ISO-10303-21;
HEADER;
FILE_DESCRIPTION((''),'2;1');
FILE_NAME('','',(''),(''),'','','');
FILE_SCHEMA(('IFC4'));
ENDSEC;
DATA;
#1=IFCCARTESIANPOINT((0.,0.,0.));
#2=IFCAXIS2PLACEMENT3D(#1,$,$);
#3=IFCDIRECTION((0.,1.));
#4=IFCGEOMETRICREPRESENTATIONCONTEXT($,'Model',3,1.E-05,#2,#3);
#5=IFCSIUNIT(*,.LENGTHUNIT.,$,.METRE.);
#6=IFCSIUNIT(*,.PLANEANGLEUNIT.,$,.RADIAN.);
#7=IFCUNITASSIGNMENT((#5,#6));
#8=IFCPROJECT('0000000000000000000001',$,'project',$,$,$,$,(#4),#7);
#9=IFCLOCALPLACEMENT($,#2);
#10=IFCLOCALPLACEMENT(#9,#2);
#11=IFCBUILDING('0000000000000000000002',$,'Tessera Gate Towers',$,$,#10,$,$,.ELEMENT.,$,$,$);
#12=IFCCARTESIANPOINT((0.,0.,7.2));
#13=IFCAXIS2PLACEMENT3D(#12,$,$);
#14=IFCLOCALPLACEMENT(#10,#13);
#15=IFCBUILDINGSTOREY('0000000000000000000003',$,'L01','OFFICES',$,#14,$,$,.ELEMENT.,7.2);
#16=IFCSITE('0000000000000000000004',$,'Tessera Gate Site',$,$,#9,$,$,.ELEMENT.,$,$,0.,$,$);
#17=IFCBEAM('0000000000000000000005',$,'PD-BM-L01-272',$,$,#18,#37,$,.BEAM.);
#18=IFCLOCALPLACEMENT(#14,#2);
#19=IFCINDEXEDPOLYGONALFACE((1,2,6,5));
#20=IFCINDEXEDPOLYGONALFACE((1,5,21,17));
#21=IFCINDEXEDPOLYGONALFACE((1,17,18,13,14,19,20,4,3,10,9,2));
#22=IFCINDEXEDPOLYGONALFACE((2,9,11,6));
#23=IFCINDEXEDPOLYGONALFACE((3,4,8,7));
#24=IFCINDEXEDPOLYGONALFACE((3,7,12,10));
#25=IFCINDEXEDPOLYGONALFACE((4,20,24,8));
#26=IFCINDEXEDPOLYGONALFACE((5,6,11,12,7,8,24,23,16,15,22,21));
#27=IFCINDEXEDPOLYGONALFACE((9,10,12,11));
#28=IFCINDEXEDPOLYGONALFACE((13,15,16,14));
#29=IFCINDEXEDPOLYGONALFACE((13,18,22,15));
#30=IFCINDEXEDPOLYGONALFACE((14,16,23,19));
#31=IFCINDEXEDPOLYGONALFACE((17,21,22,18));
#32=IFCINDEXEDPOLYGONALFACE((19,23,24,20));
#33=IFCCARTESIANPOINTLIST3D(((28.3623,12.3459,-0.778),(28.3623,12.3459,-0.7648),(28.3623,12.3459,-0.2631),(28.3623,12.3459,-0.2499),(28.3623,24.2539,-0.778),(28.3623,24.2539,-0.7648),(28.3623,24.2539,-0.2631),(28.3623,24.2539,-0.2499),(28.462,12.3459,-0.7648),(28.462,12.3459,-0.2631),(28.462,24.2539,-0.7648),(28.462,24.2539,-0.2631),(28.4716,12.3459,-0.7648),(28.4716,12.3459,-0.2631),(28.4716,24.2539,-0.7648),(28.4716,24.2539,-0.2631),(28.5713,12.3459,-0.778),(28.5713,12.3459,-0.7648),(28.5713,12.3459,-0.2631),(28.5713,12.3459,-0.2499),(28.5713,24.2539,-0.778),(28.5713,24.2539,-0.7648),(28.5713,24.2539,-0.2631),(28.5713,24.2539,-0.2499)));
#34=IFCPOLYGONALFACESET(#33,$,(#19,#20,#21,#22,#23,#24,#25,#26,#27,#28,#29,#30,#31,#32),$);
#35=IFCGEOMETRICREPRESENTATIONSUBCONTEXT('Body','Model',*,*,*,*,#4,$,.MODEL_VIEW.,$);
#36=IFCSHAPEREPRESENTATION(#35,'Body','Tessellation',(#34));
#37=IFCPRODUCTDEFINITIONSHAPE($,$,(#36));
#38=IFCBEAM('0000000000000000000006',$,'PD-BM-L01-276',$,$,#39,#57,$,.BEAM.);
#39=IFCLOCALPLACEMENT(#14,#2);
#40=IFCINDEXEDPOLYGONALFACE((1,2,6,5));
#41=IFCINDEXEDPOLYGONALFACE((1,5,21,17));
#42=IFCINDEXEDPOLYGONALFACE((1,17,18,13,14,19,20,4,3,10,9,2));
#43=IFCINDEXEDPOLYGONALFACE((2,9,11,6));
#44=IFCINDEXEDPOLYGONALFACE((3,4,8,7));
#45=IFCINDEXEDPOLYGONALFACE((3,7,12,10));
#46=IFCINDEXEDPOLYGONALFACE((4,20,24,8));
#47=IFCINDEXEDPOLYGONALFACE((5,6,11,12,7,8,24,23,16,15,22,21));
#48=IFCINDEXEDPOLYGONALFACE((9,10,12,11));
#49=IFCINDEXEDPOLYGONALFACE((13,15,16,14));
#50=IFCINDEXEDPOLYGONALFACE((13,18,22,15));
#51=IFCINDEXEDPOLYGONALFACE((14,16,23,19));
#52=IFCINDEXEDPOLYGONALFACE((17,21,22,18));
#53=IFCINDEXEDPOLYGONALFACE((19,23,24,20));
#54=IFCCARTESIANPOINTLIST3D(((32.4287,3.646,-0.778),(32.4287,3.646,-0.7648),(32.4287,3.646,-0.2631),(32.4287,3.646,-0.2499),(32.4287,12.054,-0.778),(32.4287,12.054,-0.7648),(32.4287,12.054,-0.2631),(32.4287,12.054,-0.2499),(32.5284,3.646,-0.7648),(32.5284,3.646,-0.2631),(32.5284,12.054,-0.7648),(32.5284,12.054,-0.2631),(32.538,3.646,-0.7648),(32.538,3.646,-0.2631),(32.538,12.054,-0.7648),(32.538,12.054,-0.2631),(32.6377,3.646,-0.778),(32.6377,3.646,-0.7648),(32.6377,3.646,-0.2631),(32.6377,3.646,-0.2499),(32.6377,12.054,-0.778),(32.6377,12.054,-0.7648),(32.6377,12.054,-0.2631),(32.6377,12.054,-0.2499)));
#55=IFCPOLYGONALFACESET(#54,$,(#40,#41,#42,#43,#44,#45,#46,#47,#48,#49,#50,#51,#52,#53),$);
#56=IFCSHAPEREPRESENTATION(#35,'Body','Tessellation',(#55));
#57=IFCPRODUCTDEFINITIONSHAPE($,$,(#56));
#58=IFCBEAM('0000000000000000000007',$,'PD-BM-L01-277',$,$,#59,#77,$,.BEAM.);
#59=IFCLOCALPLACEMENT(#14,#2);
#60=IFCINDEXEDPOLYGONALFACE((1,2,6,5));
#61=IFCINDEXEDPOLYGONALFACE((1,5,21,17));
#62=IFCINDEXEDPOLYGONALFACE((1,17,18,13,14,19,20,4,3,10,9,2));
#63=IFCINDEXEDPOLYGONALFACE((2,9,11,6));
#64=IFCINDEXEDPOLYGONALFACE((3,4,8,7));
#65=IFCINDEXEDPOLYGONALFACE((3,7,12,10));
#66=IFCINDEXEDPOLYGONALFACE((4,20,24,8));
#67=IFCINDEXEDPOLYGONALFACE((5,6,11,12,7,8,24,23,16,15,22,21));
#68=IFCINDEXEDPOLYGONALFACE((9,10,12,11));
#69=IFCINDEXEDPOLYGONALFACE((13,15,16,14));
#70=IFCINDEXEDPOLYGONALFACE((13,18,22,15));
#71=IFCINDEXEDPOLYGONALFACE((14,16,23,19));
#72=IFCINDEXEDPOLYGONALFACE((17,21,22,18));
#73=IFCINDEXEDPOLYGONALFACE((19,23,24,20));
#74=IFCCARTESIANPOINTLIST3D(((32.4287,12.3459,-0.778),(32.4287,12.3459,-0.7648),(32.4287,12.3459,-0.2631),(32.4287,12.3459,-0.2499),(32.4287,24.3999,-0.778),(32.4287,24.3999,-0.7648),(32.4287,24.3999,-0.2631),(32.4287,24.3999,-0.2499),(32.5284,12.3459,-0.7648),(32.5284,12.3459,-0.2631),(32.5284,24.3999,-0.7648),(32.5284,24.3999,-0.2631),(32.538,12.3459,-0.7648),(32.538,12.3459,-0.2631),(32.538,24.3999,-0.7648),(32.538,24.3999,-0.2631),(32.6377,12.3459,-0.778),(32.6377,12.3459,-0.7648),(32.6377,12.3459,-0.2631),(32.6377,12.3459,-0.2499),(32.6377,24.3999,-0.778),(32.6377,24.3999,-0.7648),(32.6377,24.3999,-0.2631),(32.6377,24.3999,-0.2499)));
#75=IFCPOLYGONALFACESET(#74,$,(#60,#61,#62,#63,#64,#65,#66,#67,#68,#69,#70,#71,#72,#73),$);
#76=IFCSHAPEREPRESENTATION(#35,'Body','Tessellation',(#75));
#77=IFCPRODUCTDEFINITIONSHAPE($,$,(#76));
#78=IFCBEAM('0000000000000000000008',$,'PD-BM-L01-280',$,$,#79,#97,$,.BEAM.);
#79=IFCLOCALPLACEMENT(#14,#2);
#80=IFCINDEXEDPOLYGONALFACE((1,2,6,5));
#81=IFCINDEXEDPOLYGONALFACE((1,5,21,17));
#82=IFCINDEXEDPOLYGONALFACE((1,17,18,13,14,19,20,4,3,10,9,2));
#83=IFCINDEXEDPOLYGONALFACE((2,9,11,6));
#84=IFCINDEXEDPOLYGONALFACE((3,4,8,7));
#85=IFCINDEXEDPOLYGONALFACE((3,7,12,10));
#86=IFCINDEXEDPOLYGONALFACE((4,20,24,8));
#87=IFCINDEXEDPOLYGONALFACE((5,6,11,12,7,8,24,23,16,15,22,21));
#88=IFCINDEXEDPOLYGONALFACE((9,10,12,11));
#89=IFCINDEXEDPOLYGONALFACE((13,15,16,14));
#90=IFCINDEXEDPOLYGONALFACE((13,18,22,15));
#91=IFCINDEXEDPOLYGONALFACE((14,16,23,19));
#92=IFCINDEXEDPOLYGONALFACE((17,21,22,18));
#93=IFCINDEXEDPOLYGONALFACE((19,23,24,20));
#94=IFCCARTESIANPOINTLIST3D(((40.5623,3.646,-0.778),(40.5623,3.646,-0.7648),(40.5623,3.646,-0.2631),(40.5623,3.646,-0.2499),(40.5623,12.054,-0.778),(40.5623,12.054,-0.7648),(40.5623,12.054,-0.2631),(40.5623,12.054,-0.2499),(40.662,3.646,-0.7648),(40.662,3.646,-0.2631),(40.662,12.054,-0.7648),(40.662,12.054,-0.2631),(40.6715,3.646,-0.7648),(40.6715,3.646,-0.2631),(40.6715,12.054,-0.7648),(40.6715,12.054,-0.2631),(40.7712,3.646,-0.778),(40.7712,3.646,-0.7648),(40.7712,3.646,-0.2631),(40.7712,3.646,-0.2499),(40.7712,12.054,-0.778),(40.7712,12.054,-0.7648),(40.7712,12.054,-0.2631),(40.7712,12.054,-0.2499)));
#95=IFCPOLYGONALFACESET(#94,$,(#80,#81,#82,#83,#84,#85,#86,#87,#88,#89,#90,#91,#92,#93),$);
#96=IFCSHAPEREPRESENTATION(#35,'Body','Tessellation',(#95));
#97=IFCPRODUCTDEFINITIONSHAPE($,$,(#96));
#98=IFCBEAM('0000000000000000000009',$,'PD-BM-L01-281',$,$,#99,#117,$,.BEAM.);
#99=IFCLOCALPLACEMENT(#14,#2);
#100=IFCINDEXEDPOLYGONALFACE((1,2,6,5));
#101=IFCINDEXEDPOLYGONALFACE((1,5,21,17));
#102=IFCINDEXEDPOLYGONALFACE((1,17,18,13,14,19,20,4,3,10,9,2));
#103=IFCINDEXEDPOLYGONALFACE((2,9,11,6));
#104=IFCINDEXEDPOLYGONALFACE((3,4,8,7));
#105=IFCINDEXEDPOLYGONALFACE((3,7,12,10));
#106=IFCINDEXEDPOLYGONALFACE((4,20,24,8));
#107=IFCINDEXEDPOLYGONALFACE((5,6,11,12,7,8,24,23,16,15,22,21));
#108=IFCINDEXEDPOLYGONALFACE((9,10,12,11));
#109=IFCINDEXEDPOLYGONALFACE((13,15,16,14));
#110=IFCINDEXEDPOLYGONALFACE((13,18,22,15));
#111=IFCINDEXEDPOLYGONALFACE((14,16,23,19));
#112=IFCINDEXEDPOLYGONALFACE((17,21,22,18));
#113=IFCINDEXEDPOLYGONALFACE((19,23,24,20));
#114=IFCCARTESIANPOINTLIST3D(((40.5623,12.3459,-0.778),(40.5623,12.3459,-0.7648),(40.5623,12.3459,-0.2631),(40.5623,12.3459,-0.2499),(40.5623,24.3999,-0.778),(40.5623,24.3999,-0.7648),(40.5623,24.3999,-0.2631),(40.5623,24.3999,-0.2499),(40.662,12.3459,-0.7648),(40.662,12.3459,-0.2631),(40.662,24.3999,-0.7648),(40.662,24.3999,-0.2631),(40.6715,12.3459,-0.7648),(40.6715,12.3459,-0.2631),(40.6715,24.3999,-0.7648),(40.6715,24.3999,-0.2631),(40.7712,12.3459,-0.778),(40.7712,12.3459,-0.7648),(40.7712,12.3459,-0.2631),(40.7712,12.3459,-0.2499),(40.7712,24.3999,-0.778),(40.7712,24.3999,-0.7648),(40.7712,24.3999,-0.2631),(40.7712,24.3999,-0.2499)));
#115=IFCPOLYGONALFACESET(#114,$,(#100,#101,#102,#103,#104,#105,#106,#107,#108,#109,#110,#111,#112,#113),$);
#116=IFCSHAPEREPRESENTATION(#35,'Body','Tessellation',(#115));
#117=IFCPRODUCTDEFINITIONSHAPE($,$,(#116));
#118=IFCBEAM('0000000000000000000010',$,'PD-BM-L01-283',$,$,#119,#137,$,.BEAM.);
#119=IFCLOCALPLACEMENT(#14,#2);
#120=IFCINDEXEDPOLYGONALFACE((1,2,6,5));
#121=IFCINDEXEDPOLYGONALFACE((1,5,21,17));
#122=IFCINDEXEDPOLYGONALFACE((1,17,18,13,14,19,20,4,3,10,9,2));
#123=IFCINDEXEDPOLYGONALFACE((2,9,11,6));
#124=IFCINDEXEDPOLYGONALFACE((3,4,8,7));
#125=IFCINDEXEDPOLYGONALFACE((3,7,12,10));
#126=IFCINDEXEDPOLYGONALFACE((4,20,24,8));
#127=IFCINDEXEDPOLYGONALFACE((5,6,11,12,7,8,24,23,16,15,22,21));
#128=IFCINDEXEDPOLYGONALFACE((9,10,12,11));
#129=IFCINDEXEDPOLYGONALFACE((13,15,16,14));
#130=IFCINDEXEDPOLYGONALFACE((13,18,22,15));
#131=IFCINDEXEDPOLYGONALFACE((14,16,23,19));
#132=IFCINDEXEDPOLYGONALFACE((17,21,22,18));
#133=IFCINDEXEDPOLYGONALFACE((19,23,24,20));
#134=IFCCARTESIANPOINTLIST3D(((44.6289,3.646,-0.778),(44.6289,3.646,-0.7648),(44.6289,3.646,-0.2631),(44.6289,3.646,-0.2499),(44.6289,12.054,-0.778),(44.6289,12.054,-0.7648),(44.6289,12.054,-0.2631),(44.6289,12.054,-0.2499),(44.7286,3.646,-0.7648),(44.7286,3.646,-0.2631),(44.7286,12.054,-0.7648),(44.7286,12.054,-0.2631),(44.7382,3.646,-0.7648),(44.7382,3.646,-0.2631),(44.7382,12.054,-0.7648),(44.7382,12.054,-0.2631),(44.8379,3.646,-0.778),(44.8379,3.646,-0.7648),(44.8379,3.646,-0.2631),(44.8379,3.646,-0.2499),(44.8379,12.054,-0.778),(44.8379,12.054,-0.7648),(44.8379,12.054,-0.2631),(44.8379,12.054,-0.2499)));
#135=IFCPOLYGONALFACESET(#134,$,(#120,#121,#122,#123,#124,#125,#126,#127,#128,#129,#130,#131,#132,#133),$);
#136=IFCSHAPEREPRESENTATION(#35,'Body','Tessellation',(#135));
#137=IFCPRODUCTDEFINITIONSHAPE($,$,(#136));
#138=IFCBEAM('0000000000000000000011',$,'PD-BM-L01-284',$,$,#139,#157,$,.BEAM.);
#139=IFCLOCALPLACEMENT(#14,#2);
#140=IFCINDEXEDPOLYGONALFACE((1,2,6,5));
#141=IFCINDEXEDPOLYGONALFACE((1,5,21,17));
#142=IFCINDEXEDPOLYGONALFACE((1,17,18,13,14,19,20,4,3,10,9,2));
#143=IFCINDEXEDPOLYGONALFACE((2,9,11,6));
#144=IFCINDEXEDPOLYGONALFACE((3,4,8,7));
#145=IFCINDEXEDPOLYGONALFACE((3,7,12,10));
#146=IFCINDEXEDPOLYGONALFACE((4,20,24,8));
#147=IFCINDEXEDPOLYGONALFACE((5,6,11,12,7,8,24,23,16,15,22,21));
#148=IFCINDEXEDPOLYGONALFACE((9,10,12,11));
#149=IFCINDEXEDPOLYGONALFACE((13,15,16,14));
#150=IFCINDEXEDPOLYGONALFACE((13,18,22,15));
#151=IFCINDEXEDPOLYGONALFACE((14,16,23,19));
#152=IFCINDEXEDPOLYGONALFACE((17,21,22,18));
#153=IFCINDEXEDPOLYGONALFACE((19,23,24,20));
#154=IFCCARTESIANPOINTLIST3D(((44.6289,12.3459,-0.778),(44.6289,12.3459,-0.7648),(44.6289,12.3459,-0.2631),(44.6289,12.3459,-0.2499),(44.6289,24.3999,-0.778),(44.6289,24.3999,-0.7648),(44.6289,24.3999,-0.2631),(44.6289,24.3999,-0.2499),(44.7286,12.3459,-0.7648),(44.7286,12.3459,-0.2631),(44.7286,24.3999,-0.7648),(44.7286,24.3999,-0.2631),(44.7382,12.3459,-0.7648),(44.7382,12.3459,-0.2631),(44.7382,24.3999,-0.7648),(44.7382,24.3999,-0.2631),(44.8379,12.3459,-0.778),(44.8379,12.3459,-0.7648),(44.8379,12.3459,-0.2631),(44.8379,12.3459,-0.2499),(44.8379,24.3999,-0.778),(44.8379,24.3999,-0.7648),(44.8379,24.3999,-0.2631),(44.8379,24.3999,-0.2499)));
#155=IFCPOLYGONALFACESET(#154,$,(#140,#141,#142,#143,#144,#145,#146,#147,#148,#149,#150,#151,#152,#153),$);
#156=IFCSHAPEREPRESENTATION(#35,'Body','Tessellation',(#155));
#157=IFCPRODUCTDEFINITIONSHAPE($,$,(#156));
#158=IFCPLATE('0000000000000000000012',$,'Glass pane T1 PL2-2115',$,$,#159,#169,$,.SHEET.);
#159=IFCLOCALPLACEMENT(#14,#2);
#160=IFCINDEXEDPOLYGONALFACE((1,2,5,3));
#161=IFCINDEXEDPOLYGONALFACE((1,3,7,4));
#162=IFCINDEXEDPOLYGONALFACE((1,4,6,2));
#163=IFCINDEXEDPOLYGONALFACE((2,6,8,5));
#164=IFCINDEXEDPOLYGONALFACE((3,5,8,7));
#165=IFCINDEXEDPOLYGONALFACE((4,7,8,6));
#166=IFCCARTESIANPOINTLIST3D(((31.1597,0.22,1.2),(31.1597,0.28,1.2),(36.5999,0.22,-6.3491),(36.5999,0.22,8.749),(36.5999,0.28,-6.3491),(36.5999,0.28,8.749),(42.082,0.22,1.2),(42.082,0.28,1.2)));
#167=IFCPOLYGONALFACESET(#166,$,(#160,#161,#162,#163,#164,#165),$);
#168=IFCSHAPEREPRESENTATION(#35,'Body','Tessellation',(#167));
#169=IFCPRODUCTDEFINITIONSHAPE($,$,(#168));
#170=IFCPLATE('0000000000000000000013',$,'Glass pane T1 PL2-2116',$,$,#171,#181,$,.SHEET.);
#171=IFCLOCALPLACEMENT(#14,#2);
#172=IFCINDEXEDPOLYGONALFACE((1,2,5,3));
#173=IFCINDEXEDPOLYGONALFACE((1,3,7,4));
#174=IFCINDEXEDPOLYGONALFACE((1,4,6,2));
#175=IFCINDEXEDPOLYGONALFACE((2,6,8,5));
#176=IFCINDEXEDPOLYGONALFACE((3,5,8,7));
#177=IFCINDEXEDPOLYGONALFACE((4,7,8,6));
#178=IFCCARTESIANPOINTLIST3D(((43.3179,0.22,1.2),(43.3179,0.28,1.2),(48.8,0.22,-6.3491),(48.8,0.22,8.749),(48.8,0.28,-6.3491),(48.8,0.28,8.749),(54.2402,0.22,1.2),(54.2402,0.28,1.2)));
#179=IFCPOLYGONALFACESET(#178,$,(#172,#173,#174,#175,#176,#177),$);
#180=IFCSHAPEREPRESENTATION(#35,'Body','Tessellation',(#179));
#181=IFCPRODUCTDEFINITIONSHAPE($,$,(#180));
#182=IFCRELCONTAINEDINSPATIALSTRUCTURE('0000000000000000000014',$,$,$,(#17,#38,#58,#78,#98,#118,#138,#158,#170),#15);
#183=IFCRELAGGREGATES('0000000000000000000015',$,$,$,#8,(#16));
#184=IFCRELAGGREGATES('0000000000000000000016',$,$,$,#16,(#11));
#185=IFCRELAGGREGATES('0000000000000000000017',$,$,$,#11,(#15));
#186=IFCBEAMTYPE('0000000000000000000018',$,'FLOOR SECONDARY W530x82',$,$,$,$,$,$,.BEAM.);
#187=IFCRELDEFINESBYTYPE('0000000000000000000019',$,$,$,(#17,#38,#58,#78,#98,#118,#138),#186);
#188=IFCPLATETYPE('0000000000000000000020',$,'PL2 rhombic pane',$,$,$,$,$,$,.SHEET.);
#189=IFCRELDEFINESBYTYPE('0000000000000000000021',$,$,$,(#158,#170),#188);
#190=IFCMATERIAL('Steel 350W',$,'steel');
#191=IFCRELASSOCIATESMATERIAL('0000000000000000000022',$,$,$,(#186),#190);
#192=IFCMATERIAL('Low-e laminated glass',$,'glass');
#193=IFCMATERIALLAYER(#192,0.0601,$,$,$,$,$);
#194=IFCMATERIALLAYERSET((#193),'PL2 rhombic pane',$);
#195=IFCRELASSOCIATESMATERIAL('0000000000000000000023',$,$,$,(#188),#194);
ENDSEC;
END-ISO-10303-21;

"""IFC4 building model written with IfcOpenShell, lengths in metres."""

from ifc_helpers import new_model, si_unit, direction, frame, origin, origin_2d, place, context, subcontext, project, spatial, polyline, i_section, outline, extrude, source, transform, mapped, material, layer, layer_set, material_profile, profile_set, type_object, element, save


model = new_model("IFC4")

# Units and contexts
model_context = context("Model", 3, precision=1e-05, world=origin(), true_north=direction((0.0, 1.0)))
body_context = subcontext(model_context, "Body", "Model", "MODEL_VIEW")
ifc_project = project(units=[si_unit("LENGTHUNIT", "METRE"), si_unit("PLANEANGLEUNIT", "RADIAN")], contexts=[model_context])

# Site, building, storey
site_placement = place(None, origin())
site = spatial("IfcSite", under=ifc_project, at=site_placement, Name="Tessera Gate Site", CompositionType="ELEMENT", RefElevation=0.0)
building_placement = place(site_placement, origin())
building = spatial("IfcBuilding", under=site, at=building_placement, Name="Tessera Gate Towers", CompositionType="ELEMENT")
storey_placement = place(building_placement, frame((0.0, 0.0, 7.2)))
storey = spatial("IfcBuildingStorey", under=building, at=storey_placement, Name="L01", Description="OFFICES", CompositionType="ELEMENT", Elevation=7.2)

# Beams
ifc_material_1 = material(Name="Steel 350W", Category="steel")
ifc_material_profile_1 = material_profile(ifc_material_1, i_section(OverallWidth=0.209, OverallDepth=0.5281, WebThickness=0.0095, FlangeThickness=0.0132, at=origin_2d()), Name="W530x82")
ifc_profile_set_1 = profile_set([ifc_material_profile_1], Name="Steel 350W")
beam_type_1 = type_object("IfcBeamType", Name="FLOOR SECONDARY W530x82", PredefinedType="BEAM", material=ifc_profile_set_1)
beam_1_placement = place(storey_placement, frame((28.4668, 12.3459, -0.5139), z_axis=(0.0, 1.0, 0.0), x_axis=(-1.0, 0.0, 0.0)))
element("IfcBeam", 1, at=beam_1_placement, inside=storey, type_object=beam_type_1, Name="PD-BM-L01-272", PredefinedType="BEAM", context=body_context, shape_type="SweptSolid", body=[
    extrude(i_section(OverallWidth=0.209, OverallDepth=0.5281, WebThickness=0.0095, FlangeThickness=0.0132, at=origin_2d()), origin(), (0.0, 0.0, 1.0), 11.908),
])
beam_2_placement = place(storey_placement, frame((32.5332, 3.646, -0.5139), z_axis=(0.0, 1.0, 0.0), x_axis=(-1.0, 0.0, 0.0)))
element("IfcBeam", 2, at=beam_2_placement, inside=storey, type_object=beam_type_1, Name="PD-BM-L01-276", PredefinedType="BEAM", context=body_context, shape_type="SweptSolid", body=[
    extrude(i_section(OverallWidth=0.209, OverallDepth=0.5281, WebThickness=0.0095, FlangeThickness=0.0132, at=origin_2d()), origin(), (0.0, 0.0, 1.0), 8.408),
])
beam_3_placement = place(storey_placement, frame((32.5332, 12.3459, -0.5139), z_axis=(0.0, 1.0, 0.0), x_axis=(-1.0, 0.0, 0.0)))
element("IfcBeam", 3, at=beam_3_placement, inside=storey, type_object=beam_type_1, Name="PD-BM-L01-277", PredefinedType="BEAM", context=body_context, shape_type="SweptSolid", body=[
    extrude(i_section(OverallWidth=0.209, OverallDepth=0.5281, WebThickness=0.0095, FlangeThickness=0.0132, at=origin_2d()), origin(), (0.0, 0.0, 1.0), 12.054),
])
beam_4_placement = place(storey_placement, frame((40.6667, 3.646, -0.5139), z_axis=(0.0, 1.0, 0.0), x_axis=(-1.0, 0.0, 0.0)))
element("IfcBeam", 4, at=beam_4_placement, inside=storey, type_object=beam_type_1, Name="PD-BM-L01-280", PredefinedType="BEAM", context=body_context, shape_type="SweptSolid", body=[
    extrude(i_section(OverallWidth=0.209, OverallDepth=0.5281, WebThickness=0.0095, FlangeThickness=0.0132, at=origin_2d()), origin(), (0.0, 0.0, 1.0), 8.408),
])
beam_5_placement = place(storey_placement, frame((40.6667, 12.3459, -0.5139), z_axis=(0.0, 1.0, 0.0), x_axis=(-1.0, 0.0, 0.0)))
element("IfcBeam", 5, at=beam_5_placement, inside=storey, type_object=beam_type_1, Name="PD-BM-L01-281", PredefinedType="BEAM", context=body_context, shape_type="SweptSolid", body=[
    extrude(i_section(OverallWidth=0.209, OverallDepth=0.5281, WebThickness=0.0095, FlangeThickness=0.0132, at=origin_2d()), origin(), (0.0, 0.0, 1.0), 12.054),
])
beam_6_placement = place(storey_placement, frame((44.7334, 3.646, -0.5139), z_axis=(0.0, 1.0, 0.0), x_axis=(-1.0, 0.0, 0.0)))
element("IfcBeam", 6, at=beam_6_placement, inside=storey, type_object=beam_type_1, Name="PD-BM-L01-283", PredefinedType="BEAM", context=body_context, shape_type="SweptSolid", body=[
    extrude(i_section(OverallWidth=0.209, OverallDepth=0.5281, WebThickness=0.0095, FlangeThickness=0.0132, at=origin_2d()), origin(), (0.0, 0.0, 1.0), 8.408),
])
beam_7_placement = place(storey_placement, frame((44.7334, 12.3459, -0.5139), z_axis=(0.0, 1.0, 0.0), x_axis=(-1.0, 0.0, 0.0)))
element("IfcBeam", 7, at=beam_7_placement, inside=storey, type_object=beam_type_1, Name="PD-BM-L01-284", PredefinedType="BEAM", context=body_context, shape_type="SweptSolid", body=[
    extrude(i_section(OverallWidth=0.209, OverallDepth=0.5281, WebThickness=0.0095, FlangeThickness=0.0132, at=origin_2d()), origin(), (0.0, 0.0, 1.0), 12.054),
])

# Plates
ifc_material_2 = material(Name="Low-e laminated glass", Category="glass")
ifc_layer_1 = layer(ifc_material_2, 0.0601)
ifc_layer_set_1 = layer_set([ifc_layer_1], Name="PL2 rhombic pane")
plate_type = type_object("IfcPlateType", Name="PL2 rhombic pane", PredefinedType="SHEET", material=ifc_layer_set_1)
shared_shape_1 = source(origin(), body_context, "Body", "SweptSolid", [
    extrude(outline(polyline([(5.4402, 0.0), (10.9224, 7.5491), (5.4402, 15.0981), (0.0, 7.5491), (5.4402, 0.0)])), frame((0.0, 0.03, 0.0), z_axis=(0.0, -1.0, 0.0), x_axis=(1.0, 0.0, 0.0)), (0.0, 0.0, 1.0), 0.0601),
])
plate_1_placement = place(storey_placement, frame((31.1597, 0.25, -6.3491), z_axis=(0.0, 0.0, 1.0), x_axis=(1.0, 0.0, 0.0)))
element("IfcPlate", 8, at=plate_1_placement, inside=storey, type_object=plate_type, Name="Glass pane T1 PL2-2115", PredefinedType="SHEET", context=body_context, shape_type="MappedRepresentation", body=[
    mapped(shared_shape_1, transform((0.0, 0.0, 0.0), scale=1.0)),
])
shared_shape_2 = source(origin(), body_context, "Body", "SweptSolid", [
    extrude(outline(polyline([(5.4822, 0.0), (10.9224, 7.5491), (5.4822, 15.0981), (0.0, 7.5491), (5.4822, 0.0)])), frame((0.0, 0.03, 0.0), z_axis=(0.0, -1.0, 0.0), x_axis=(1.0, 0.0, 0.0)), (0.0, 0.0, 1.0), 0.0601),
])
plate_2_placement = place(storey_placement, frame((43.3179, 0.25, -6.3491), z_axis=(0.0, 0.0, 1.0), x_axis=(1.0, 0.0, 0.0)))
element("IfcPlate", 9, at=plate_2_placement, inside=storey, type_object=plate_type, Name="Glass pane T1 PL2-2116", PredefinedType="SHEET", context=body_context, shape_type="MappedRepresentation", body=[
    mapped(shared_shape_2, transform((0.0, 0.0, 0.0), scale=1.0)),
])

save(model, "model.ifc")
